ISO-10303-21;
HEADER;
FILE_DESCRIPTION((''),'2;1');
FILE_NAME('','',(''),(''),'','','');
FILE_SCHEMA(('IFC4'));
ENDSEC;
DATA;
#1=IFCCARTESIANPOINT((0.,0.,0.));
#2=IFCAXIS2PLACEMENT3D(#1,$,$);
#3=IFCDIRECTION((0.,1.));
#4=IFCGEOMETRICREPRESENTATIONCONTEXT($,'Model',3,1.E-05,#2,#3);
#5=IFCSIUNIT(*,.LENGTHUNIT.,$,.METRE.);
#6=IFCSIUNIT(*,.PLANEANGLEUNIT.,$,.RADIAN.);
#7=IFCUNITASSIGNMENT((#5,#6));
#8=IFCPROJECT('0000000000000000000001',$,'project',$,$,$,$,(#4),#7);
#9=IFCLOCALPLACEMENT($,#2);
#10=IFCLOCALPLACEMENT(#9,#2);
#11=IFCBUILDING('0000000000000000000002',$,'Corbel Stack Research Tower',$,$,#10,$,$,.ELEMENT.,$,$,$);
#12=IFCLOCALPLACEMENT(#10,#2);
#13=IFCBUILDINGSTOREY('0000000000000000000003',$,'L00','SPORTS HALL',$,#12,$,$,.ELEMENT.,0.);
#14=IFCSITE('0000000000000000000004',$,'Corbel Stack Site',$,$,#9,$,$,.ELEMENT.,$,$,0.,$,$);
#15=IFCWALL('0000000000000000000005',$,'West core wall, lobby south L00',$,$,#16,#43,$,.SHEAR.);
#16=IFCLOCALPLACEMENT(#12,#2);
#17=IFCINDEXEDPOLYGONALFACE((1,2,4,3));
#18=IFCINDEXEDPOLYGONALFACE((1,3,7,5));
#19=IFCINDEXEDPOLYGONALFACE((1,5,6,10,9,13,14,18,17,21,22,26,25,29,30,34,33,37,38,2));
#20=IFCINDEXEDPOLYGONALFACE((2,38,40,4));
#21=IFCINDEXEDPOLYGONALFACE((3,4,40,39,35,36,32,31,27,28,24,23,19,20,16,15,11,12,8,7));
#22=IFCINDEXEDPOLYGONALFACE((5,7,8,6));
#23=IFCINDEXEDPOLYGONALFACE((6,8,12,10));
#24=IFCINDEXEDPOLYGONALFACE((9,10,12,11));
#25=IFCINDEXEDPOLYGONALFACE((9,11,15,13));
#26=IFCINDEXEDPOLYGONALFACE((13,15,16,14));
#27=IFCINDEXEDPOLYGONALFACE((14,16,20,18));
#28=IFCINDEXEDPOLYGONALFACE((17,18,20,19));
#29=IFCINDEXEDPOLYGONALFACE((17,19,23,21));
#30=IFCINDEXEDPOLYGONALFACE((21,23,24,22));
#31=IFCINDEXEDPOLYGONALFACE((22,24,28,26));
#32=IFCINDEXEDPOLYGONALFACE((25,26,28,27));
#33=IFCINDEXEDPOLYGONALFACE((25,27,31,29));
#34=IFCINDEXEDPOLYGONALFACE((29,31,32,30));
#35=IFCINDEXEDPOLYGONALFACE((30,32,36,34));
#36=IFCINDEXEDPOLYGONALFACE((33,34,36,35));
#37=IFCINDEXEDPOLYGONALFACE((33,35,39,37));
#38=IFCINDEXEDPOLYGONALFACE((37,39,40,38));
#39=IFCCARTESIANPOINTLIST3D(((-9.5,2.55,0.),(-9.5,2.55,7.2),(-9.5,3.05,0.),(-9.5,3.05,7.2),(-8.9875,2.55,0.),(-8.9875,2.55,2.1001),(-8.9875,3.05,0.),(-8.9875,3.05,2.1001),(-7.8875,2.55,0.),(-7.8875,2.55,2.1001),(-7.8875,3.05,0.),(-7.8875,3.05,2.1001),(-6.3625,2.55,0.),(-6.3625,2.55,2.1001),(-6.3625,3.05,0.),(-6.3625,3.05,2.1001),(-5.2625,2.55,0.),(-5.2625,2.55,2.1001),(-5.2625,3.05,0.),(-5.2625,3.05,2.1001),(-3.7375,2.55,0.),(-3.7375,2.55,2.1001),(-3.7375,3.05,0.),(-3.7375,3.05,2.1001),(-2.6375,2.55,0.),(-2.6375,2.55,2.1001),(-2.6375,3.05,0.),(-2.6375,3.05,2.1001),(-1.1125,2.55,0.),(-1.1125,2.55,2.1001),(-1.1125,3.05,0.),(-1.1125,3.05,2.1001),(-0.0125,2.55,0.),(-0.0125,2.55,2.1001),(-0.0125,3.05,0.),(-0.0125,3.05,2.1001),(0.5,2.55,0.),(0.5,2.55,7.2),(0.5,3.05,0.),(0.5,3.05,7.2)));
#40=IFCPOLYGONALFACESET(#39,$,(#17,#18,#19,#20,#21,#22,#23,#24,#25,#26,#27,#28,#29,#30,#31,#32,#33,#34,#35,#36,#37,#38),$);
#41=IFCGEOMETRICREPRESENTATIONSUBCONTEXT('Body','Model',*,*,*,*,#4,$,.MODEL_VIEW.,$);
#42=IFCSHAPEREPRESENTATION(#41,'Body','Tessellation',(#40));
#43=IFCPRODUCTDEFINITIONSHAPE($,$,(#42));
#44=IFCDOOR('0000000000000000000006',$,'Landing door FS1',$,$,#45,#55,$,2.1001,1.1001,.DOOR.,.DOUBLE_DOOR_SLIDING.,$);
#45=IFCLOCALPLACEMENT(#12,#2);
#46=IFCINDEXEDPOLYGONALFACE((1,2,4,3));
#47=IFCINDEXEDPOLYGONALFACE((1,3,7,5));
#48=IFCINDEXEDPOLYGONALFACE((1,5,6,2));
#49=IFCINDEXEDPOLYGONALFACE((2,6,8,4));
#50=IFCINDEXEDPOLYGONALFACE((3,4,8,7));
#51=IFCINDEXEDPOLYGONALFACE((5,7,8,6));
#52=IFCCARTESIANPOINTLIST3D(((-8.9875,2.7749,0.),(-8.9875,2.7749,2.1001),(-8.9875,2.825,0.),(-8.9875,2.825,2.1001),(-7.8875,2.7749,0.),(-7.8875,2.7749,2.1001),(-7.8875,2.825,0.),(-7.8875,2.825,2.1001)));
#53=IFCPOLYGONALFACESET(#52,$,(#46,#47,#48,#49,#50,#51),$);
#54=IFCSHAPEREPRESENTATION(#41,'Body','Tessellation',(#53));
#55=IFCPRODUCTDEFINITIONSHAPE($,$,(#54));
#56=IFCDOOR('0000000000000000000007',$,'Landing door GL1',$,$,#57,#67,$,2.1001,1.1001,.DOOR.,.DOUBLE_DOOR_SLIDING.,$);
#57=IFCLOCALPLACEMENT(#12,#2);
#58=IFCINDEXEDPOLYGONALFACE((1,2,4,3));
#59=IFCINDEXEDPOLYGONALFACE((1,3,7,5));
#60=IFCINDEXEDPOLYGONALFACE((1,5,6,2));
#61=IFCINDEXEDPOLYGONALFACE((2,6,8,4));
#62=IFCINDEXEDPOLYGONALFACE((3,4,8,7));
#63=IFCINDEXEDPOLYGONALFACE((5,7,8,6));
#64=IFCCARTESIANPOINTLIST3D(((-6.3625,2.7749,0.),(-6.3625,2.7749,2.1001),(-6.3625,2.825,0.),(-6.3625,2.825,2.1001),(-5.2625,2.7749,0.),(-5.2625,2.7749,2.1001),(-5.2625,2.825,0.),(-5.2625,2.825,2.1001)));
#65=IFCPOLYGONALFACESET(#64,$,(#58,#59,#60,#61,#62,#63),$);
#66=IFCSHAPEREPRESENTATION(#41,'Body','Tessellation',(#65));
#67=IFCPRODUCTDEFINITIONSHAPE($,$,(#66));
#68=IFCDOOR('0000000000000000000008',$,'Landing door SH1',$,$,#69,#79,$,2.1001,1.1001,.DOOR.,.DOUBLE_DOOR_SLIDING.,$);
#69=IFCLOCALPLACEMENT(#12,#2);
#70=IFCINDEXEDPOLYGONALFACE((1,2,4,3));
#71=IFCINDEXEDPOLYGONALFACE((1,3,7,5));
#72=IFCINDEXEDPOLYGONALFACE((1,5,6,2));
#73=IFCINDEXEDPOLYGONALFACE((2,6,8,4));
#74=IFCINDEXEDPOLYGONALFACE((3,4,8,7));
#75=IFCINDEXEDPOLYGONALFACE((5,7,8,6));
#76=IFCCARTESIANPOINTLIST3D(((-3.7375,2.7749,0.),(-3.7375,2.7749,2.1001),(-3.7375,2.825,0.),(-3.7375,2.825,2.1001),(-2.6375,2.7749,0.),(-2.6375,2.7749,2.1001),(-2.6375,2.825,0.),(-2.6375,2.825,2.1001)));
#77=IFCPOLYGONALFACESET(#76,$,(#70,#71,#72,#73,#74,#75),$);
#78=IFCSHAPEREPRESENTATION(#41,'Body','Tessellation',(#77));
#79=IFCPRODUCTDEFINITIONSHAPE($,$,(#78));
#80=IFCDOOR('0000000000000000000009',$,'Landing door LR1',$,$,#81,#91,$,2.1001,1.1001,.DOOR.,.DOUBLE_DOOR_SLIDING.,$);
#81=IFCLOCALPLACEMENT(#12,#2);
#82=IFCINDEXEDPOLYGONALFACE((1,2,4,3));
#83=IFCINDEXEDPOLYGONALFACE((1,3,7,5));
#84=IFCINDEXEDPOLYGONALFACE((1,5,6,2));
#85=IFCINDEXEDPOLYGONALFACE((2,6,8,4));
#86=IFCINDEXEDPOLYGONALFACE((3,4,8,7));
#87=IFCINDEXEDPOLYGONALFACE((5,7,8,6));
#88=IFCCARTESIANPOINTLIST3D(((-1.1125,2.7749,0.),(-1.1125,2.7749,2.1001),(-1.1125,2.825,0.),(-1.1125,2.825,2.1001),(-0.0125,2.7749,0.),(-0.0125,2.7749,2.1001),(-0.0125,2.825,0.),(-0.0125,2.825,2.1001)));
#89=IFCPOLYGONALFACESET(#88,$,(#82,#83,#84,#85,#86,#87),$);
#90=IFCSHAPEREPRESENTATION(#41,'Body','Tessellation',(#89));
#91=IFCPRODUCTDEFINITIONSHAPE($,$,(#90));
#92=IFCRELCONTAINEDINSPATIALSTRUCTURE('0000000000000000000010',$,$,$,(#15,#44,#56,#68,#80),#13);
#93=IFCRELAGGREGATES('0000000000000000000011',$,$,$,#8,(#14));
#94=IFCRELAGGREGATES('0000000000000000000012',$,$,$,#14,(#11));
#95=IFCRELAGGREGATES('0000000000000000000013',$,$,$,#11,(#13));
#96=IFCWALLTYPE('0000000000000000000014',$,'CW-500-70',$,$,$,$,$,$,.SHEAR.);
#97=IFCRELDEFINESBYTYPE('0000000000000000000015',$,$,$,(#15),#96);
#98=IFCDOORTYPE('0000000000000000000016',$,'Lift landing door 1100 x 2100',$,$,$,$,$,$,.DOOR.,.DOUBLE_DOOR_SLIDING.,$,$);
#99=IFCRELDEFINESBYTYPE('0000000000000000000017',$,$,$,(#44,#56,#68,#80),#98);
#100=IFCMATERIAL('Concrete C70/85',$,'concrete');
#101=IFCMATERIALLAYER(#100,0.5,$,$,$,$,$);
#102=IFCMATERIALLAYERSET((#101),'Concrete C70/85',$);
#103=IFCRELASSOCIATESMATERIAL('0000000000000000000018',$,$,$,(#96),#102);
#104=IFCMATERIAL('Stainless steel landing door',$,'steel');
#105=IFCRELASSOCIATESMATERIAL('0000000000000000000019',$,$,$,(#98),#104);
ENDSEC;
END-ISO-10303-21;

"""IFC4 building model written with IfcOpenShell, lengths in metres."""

from ifc_helpers import new_model, si_unit, direction, frame, frame_2d, origin, place, context, subcontext, project, spatial, rectangle, extrude, material, layer, layer_set, type_object, element, fill, save


model = new_model("IFC4")

# Units and contexts
model_context = context("Model", 3, precision=1e-05, world=origin(), true_north=direction((0.0, 1.0)))
body_context = subcontext(model_context, "Body", "Model", "MODEL_VIEW")
ifc_project = project(units=[si_unit("LENGTHUNIT", "METRE"), si_unit("PLANEANGLEUNIT", "RADIAN")], contexts=[model_context])

# Site, building, storey
site_placement = place(None, origin())
site = spatial("IfcSite", under=ifc_project, at=site_placement, Name="Corbel Stack Site", CompositionType="ELEMENT", RefElevation=0.0)
building_placement = place(site_placement, origin())
building = spatial("IfcBuilding", under=site, at=building_placement, Name="Corbel Stack Research Tower", CompositionType="ELEMENT")
storey_placement = place(building_placement, origin())
storey = spatial("IfcBuildingStorey", under=building, at=storey_placement, Name="L00", Description="SPORTS HALL", CompositionType="ELEMENT", Elevation=0.0)

# Wall, openings, doors
ifc_material_1 = material(Name="Concrete C70/85", Category="concrete")
ifc_layer_1 = layer(ifc_material_1, 0.5)
ifc_layer_set_1 = layer_set([ifc_layer_1], Name="Concrete C70/85")
wall_type_1 = type_object("IfcWallType", Name="CW-500-70", PredefinedType="SHEAR", material=ifc_layer_set_1)
wall_1_placement = place(storey_placement, frame((-9.5, 2.8, 0.0), z_axis=(0.0, 0.0, 1.0), x_axis=(1.0, 0.0, 0.0)))
wall_1 = element("IfcWall", 1, at=wall_1_placement, inside=storey, type_object=wall_type_1, Name="West core wall, lobby south L00", PredefinedType="SHEAR", context=body_context, shape_type="SweptSolid", body=[
    extrude(rectangle(XDim=10.0, YDim=0.5, at=frame_2d((5.0, 0.0))), origin(), (0.0, 0.0, 1.0), 7.2),
])
opening_1_placement = place(wall_1_placement, frame((0.5125, 0.0, 0.0)))
opening_1 = element("IfcOpeningElement", 2, at=opening_1_placement, cuts=wall_1, PredefinedType="OPENING", context=body_context, shape_type="SweptSolid", body=[
    extrude(rectangle(XDim=1.1001, YDim=2.1001, at=frame_2d((0.55, 1.05))), frame((0.0, 0.26, 0.0), z_axis=(0.0, -1.0, 0.0), x_axis=(1.0, 0.0, 0.0)), (0.0, 0.0, 1.0), 0.52),
])
opening_2_placement = place(wall_1_placement, frame((3.1375, 0.0, 0.0)))
opening_2 = element("IfcOpeningElement", 3, at=opening_2_placement, cuts=wall_1, PredefinedType="OPENING", context=body_context, shape_type="SweptSolid", body=[
    extrude(rectangle(XDim=1.1001, YDim=2.1001, at=frame_2d((0.55, 1.05))), frame((0.0, 0.26, 0.0), z_axis=(0.0, -1.0, 0.0), x_axis=(1.0, 0.0, 0.0)), (0.0, 0.0, 1.0), 0.52),
])
opening_3_placement = place(wall_1_placement, frame((5.7625, 0.0, 0.0)))
opening_3 = element("IfcOpeningElement", 4, at=opening_3_placement, cuts=wall_1, PredefinedType="OPENING", context=body_context, shape_type="SweptSolid", body=[
    extrude(rectangle(XDim=1.1001, YDim=2.1001, at=frame_2d((0.55, 1.05))), frame((0.0, 0.26, 0.0), z_axis=(0.0, -1.0, 0.0), x_axis=(1.0, 0.0, 0.0)), (0.0, 0.0, 1.0), 0.52),
])
opening_4_placement = place(wall_1_placement, frame((8.3875, 0.0, 0.0)))
opening_4 = element("IfcOpeningElement", 5, at=opening_4_placement, cuts=wall_1, PredefinedType="OPENING", context=body_context, shape_type="SweptSolid", body=[
    extrude(rectangle(XDim=1.1001, YDim=2.1001, at=frame_2d((0.55, 1.05))), frame((0.0, 0.26, 0.0), z_axis=(0.0, -1.0, 0.0), x_axis=(1.0, 0.0, 0.0)), (0.0, 0.0, 1.0), 0.52),
])
ifc_material_2 = material(Name="Stainless steel landing door", Category="steel")
door_type_1 = type_object("IfcDoorType", Name="Lift landing door 1100 x 2100", OperationType="DOUBLE_DOOR_SLIDING", PredefinedType="DOOR", material=ifc_material_2)
door_1_placement = place(opening_1_placement, origin())
door_1 = element("IfcDoor", 6, at=door_1_placement, inside=storey, type_object=door_type_1, Name="Landing door FS1", OperationType="DOUBLE_DOOR_SLIDING", OverallHeight=2.1001, OverallWidth=1.1001, PredefinedType="DOOR", context=body_context, shape_type="SweptSolid", body=[
    extrude(rectangle(XDim=1.1001, YDim=2.1001, at=frame_2d((0.55, 1.05))), frame((0.0, 0.0249, 0.0), z_axis=(0.0, -1.0, 0.0), x_axis=(1.0, 0.0, 0.0)), (0.0, 0.0, 1.0), 0.05),
])
fill(opening_1, door_1)
door_2_placement = place(opening_2_placement, origin())
door_2 = element("IfcDoor", 7, at=door_2_placement, inside=storey, type_object=door_type_1, Name="Landing door GL1", OperationType="DOUBLE_DOOR_SLIDING", OverallHeight=2.1001, OverallWidth=1.1001, PredefinedType="DOOR", context=body_context, shape_type="SweptSolid", body=[
    extrude(rectangle(XDim=1.1001, YDim=2.1001, at=frame_2d((0.55, 1.05))), frame((0.0, 0.0249, 0.0), z_axis=(0.0, -1.0, 0.0), x_axis=(1.0, 0.0, 0.0)), (0.0, 0.0, 1.0), 0.05),
])
fill(opening_2, door_2)
door_3_placement = place(opening_3_placement, origin())
door_3 = element("IfcDoor", 8, at=door_3_placement, inside=storey, type_object=door_type_1, Name="Landing door SH1", OperationType="DOUBLE_DOOR_SLIDING", OverallHeight=2.1001, OverallWidth=1.1001, PredefinedType="DOOR", context=body_context, shape_type="SweptSolid", body=[
    extrude(rectangle(XDim=1.1001, YDim=2.1001, at=frame_2d((0.55, 1.05))), frame((0.0, 0.0249, 0.0), z_axis=(0.0, -1.0, 0.0), x_axis=(1.0, 0.0, 0.0)), (0.0, 0.0, 1.0), 0.05),
])
fill(opening_3, door_3)
door_4_placement = place(opening_4_placement, origin())
door_4 = element("IfcDoor", 9, at=door_4_placement, inside=storey, type_object=door_type_1, Name="Landing door LR1", OperationType="DOUBLE_DOOR_SLIDING", OverallHeight=2.1001, OverallWidth=1.1001, PredefinedType="DOOR", context=body_context, shape_type="SweptSolid", body=[
    extrude(rectangle(XDim=1.1001, YDim=2.1001, at=frame_2d((0.55, 1.05))), frame((0.0, 0.0249, 0.0), z_axis=(0.0, -1.0, 0.0), x_axis=(1.0, 0.0, 0.0)), (0.0, 0.0, 1.0), 0.05),
])
fill(opening_4, door_4)

save(model, "model.ifc")
